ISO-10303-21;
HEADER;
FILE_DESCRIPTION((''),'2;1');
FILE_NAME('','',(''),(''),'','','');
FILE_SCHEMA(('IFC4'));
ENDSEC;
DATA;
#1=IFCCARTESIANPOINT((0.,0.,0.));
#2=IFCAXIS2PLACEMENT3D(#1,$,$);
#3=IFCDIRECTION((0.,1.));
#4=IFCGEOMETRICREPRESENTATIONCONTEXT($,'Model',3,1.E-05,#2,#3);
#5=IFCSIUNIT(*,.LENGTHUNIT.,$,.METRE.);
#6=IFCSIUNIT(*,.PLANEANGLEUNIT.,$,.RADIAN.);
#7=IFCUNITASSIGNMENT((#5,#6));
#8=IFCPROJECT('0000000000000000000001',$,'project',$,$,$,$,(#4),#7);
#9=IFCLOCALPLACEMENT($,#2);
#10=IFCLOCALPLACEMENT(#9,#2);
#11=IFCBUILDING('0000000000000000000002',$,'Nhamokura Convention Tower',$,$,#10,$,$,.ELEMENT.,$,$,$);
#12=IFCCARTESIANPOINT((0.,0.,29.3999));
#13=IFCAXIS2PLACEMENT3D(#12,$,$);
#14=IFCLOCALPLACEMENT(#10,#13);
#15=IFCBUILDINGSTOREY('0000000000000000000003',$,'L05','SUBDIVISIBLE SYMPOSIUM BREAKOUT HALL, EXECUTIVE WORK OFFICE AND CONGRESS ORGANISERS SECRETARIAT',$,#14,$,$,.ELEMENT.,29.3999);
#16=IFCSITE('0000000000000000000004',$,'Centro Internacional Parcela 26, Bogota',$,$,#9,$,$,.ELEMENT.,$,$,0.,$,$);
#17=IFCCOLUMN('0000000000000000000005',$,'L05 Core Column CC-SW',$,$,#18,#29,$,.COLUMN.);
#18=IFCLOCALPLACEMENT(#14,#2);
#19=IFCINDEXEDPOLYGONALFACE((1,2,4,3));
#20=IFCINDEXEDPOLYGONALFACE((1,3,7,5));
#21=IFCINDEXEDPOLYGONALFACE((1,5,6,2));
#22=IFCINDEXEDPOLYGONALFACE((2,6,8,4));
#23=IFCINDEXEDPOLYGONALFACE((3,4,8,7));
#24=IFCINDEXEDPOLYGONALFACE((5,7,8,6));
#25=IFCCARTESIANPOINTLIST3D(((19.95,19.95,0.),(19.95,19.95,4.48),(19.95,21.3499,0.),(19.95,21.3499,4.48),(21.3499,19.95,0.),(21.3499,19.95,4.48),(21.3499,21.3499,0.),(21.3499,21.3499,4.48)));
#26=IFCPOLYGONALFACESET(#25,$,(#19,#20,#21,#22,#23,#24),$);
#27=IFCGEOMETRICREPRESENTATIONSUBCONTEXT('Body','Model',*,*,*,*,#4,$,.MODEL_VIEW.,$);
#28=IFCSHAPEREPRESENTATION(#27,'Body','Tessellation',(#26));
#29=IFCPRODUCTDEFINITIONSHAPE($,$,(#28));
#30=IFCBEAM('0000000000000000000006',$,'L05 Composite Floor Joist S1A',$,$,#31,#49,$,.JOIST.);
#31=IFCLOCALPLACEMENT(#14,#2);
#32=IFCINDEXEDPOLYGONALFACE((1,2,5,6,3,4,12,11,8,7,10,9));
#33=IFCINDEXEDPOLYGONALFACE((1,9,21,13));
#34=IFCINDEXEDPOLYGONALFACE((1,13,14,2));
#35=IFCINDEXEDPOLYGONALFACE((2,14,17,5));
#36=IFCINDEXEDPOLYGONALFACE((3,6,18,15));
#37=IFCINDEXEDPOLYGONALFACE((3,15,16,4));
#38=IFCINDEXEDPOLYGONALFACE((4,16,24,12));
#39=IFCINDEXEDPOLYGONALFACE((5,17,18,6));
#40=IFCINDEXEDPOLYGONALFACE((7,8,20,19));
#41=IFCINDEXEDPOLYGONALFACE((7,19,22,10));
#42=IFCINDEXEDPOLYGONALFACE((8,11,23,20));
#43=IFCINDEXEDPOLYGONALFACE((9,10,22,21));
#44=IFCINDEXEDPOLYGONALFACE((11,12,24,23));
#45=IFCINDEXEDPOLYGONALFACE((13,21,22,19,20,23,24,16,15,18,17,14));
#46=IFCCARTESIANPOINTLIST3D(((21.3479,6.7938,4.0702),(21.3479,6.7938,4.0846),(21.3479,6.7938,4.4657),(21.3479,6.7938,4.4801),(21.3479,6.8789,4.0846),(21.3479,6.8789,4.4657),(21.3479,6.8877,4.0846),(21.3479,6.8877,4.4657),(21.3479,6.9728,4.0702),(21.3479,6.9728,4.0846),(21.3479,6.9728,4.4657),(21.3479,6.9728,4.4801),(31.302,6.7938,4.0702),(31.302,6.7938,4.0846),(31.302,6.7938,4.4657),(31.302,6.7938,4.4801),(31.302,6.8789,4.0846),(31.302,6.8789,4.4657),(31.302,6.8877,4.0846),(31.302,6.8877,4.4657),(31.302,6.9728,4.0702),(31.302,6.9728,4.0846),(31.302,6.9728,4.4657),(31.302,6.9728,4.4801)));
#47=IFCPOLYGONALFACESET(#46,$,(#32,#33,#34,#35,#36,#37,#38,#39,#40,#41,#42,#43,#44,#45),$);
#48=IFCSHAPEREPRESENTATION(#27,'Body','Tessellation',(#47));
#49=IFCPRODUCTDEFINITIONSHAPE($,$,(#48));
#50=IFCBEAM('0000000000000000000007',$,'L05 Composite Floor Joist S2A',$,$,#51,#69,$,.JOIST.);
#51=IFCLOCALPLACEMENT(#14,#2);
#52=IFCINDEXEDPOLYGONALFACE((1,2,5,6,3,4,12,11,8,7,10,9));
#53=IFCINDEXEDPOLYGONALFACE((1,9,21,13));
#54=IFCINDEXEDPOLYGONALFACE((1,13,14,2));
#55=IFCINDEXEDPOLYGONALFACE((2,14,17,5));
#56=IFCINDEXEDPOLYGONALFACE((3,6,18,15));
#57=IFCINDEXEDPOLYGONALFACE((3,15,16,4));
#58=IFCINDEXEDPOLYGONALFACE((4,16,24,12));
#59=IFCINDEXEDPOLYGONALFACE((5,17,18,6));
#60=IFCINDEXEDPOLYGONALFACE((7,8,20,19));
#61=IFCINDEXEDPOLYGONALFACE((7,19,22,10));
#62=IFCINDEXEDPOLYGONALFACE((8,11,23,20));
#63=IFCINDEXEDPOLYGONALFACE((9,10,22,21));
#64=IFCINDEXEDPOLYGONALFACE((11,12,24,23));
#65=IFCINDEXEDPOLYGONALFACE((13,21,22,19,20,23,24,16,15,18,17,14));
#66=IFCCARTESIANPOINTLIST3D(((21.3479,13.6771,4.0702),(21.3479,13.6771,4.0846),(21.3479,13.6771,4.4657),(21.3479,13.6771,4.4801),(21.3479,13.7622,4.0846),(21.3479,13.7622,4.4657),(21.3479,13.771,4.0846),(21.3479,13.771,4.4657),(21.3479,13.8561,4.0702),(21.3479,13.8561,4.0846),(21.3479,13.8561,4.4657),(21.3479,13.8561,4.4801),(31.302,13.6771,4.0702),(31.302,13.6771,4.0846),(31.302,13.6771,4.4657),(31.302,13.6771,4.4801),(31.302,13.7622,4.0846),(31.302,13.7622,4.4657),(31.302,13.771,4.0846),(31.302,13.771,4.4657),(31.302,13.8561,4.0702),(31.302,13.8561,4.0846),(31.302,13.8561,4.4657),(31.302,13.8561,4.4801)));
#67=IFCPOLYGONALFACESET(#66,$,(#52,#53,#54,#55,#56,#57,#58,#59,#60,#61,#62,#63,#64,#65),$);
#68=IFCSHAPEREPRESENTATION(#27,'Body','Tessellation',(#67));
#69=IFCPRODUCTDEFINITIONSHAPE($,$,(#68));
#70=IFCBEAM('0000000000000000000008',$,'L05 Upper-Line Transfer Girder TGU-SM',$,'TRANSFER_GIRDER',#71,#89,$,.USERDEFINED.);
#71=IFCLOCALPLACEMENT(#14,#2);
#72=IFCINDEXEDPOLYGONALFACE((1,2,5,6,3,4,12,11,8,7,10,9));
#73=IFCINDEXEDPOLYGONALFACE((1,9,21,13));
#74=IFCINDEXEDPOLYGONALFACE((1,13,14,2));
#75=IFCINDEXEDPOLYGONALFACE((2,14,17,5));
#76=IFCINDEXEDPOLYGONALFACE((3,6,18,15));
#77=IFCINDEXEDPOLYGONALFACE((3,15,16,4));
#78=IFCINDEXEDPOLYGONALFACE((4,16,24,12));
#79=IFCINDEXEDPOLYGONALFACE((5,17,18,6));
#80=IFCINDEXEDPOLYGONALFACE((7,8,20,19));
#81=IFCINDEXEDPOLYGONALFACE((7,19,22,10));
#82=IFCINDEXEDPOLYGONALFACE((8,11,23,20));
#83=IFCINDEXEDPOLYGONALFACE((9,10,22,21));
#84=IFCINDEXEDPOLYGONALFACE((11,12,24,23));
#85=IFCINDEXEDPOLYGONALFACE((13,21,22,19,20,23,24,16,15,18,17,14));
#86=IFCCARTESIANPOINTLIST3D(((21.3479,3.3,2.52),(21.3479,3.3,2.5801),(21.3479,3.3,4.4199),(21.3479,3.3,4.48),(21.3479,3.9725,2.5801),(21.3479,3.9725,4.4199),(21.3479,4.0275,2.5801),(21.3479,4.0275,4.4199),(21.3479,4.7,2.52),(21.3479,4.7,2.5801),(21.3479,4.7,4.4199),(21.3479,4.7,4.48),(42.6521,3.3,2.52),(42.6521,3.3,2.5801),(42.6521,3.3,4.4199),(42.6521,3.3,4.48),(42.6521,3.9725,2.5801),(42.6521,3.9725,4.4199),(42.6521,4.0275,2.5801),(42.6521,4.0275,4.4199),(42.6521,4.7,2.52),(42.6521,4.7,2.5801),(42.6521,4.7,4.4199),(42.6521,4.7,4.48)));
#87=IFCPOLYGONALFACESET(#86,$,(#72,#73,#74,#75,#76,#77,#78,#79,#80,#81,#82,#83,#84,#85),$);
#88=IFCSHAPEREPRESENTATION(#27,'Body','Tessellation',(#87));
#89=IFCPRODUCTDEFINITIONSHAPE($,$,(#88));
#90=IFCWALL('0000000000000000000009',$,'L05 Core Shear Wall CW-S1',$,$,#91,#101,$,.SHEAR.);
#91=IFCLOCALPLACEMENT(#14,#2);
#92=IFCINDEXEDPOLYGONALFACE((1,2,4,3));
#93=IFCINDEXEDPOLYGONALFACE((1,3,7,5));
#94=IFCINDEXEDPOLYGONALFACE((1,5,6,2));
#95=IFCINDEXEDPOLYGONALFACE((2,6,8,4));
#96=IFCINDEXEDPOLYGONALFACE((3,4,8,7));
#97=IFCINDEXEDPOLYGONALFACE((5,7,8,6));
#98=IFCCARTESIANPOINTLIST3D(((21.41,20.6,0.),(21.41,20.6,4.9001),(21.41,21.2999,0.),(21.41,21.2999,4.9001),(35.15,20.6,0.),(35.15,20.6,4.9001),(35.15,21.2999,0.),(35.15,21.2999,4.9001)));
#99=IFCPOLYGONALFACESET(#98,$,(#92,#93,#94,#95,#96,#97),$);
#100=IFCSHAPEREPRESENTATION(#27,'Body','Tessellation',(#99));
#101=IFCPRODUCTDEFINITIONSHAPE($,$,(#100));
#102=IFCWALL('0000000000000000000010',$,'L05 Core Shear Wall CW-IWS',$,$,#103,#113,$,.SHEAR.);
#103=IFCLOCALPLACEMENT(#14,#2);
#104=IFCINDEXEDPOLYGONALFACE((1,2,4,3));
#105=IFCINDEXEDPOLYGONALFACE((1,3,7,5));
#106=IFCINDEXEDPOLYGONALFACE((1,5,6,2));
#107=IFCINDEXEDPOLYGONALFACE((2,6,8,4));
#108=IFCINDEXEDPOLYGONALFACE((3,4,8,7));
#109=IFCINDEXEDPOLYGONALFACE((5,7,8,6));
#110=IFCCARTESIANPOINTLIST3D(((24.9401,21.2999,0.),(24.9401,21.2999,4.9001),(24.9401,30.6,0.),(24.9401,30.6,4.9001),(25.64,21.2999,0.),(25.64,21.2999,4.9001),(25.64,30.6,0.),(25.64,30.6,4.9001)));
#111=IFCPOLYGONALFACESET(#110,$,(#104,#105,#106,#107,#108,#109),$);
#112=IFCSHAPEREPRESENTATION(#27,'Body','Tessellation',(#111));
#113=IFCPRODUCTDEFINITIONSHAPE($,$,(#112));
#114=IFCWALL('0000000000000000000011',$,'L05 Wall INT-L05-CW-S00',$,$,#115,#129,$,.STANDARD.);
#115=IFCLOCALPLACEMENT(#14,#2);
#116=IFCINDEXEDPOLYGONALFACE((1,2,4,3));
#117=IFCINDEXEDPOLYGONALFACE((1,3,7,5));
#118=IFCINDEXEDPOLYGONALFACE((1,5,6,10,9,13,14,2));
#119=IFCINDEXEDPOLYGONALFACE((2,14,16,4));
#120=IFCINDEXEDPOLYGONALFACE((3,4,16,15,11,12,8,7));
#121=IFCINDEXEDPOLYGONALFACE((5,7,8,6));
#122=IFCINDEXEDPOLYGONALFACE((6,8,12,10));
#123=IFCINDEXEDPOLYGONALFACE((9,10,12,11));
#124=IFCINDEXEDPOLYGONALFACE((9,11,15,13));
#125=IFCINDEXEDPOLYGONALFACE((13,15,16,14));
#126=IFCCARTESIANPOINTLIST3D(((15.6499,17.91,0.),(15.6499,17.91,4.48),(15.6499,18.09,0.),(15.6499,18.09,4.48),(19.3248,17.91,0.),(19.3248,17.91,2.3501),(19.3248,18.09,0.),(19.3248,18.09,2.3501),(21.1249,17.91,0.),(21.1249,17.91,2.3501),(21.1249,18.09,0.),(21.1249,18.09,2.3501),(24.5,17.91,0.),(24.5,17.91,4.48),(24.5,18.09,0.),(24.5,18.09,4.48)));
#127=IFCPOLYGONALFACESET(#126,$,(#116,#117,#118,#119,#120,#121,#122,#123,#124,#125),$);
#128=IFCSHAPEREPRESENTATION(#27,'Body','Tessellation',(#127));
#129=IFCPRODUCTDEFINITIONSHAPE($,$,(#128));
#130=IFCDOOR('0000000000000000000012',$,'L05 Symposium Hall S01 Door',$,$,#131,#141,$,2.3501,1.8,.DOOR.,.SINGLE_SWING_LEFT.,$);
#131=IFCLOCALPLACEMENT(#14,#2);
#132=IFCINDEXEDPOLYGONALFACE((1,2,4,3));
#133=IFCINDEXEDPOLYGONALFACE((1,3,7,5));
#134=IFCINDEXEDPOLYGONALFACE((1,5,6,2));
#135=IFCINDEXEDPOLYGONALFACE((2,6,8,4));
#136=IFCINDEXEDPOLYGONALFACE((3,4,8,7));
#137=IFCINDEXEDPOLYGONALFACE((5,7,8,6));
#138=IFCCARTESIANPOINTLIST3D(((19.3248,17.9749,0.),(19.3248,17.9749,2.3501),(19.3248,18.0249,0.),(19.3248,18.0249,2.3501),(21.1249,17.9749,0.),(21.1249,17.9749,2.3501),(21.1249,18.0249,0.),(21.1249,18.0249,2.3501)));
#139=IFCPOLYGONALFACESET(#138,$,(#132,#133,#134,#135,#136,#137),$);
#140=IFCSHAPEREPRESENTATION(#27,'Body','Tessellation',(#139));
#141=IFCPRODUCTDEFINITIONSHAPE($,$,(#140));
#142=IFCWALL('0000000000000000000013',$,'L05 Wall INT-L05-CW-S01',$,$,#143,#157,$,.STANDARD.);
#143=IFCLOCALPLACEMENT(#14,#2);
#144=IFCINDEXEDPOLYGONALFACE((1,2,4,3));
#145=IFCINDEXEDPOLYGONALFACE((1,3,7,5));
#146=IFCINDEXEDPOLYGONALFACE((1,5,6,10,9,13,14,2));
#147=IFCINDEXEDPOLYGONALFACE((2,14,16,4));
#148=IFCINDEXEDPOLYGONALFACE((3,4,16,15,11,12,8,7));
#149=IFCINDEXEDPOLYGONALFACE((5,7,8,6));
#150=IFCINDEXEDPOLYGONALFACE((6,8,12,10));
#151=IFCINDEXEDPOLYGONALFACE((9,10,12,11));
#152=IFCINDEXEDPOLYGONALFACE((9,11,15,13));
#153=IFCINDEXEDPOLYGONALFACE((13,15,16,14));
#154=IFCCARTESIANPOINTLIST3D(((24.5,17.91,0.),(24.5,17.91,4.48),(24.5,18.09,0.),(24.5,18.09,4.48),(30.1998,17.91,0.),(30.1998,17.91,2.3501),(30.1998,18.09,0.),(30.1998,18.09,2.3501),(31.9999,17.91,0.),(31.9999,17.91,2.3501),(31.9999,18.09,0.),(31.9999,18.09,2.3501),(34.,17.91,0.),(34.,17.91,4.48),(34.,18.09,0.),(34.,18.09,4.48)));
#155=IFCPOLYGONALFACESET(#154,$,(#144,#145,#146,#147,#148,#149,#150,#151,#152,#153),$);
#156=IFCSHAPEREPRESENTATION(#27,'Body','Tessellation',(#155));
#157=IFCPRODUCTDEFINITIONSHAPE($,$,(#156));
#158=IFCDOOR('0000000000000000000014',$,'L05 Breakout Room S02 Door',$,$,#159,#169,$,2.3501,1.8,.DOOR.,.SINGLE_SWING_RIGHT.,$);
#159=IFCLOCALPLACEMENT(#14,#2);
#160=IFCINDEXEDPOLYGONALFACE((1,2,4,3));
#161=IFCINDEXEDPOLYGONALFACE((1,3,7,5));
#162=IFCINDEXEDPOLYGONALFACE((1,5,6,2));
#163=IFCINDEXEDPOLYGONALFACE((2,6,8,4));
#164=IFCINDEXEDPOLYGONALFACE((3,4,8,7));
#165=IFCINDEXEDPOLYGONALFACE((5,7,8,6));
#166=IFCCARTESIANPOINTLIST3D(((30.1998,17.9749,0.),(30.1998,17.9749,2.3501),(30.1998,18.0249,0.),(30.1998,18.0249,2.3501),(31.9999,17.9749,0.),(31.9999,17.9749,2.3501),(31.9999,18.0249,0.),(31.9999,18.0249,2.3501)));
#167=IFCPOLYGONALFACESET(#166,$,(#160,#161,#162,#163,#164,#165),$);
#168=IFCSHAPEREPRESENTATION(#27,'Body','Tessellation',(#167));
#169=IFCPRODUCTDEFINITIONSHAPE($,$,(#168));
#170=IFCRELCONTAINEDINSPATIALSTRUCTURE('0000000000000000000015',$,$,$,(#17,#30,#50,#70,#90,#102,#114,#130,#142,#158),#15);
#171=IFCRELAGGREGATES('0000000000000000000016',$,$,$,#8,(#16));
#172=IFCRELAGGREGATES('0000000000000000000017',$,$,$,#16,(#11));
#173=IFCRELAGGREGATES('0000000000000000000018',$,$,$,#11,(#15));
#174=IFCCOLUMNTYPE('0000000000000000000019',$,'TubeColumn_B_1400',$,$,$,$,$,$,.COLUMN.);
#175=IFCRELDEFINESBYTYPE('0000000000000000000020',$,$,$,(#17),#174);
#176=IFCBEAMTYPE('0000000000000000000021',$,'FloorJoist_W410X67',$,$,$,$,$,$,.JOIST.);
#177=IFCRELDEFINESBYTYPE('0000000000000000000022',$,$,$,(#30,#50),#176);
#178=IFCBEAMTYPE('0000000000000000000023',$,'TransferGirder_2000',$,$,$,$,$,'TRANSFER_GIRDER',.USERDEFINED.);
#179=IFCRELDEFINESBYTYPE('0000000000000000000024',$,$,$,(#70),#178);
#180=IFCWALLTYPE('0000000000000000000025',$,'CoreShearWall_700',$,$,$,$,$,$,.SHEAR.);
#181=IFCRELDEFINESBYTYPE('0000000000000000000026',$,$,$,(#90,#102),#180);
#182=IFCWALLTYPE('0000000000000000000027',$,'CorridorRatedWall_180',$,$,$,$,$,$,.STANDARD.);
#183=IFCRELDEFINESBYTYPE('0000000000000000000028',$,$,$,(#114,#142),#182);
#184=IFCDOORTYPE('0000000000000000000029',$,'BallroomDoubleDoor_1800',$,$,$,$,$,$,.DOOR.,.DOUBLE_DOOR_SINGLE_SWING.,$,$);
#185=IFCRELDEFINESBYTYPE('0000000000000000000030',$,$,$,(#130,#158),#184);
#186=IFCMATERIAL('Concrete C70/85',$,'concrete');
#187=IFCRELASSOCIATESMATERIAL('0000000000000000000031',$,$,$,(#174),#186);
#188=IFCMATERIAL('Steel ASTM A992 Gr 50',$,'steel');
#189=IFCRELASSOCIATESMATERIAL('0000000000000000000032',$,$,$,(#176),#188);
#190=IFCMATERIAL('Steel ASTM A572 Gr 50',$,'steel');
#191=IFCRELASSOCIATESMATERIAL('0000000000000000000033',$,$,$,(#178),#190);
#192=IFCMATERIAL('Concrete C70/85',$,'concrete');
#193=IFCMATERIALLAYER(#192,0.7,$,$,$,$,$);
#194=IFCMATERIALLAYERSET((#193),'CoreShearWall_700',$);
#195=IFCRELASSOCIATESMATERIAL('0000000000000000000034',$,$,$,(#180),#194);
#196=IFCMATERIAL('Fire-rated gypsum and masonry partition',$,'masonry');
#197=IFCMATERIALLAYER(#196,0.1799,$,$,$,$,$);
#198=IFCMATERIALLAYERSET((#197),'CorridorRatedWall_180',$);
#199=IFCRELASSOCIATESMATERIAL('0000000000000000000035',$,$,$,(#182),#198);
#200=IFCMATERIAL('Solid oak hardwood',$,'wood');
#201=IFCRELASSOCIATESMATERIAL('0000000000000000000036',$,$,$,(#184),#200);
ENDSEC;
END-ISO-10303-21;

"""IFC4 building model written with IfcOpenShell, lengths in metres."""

from ifc_helpers import new_model, si_unit, direction, frame, frame_2d, origin, origin_2d, place, context, subcontext, project, spatial, rectangle, i_section, extrude, material, layer, layer_set, material_profile, profile_set, type_object, element, fill, save


model = new_model("IFC4")

# Units and contexts
model_context = context("Model", 3, precision=1e-05, world=origin(), true_north=direction((0.0, 1.0)))
body_context = subcontext(model_context, "Body", "Model", "MODEL_VIEW")
ifc_project = project(units=[si_unit("LENGTHUNIT", "METRE"), si_unit("PLANEANGLEUNIT", "RADIAN")], contexts=[model_context])

# Site, building, storey
site_placement = place(None, origin())
site = spatial("IfcSite", under=ifc_project, at=site_placement, Name="Centro Internacional Parcela 26, Bogota", CompositionType="ELEMENT", RefElevation=0.0)
building_placement = place(site_placement, origin())
building = spatial("IfcBuilding", under=site, at=building_placement, Name="Nhamokura Convention Tower", CompositionType="ELEMENT")
storey_placement = place(building_placement, frame((0.0, 0.0, 29.3999)))
storey = spatial("IfcBuildingStorey", under=building, at=storey_placement, Name="L05", Description="SUBDIVISIBLE SYMPOSIUM BREAKOUT HALL, EXECUTIVE WORK OFFICE AND CONGRESS ORGANISERS SECRETARIAT", CompositionType="ELEMENT", Elevation=29.3999)

# Column
ifc_material_1 = material(Name="Concrete C70/85", Category="concrete")
ifc_material_profile_1 = material_profile(ifc_material_1, rectangle(XDim=1.3999, YDim=1.3999, at=origin_2d()))
ifc_profile_set_1 = profile_set([ifc_material_profile_1], Name="Concrete C70/85")
column_type = type_object("IfcColumnType", Name="TubeColumn_B_1400", PredefinedType="COLUMN", material=ifc_profile_set_1)
column_placement = place(storey_placement, frame((20.6499, 20.6499, 0.0), z_axis=(0.0, 0.0, 1.0), x_axis=(1.0, 0.0, 0.0)))
element("IfcColumn", 1, at=column_placement, inside=storey, type_object=column_type, Name="L05 Core Column CC-SW", PredefinedType="COLUMN", context=body_context, shape_type="SweptSolid", body=[
    extrude(rectangle(XDim=1.3999, YDim=1.3999, at=origin_2d()), origin(), (0.0, 0.0, 1.0), 4.48),
])

# Beams
ifc_material_2 = material(Name="Steel ASTM A992 Gr 50", Category="steel")
ifc_material_profile_2 = material_profile(ifc_material_2, i_section(OverallWidth=0.179, OverallDepth=0.4099, WebThickness=0.0088, FlangeThickness=0.0144, at=origin_2d()))
ifc_profile_set_2 = profile_set([ifc_material_profile_2], Name="Steel ASTM A992 Gr 50")
beam_type_1 = type_object("IfcBeamType", Name="FloorJoist_W410X67", PredefinedType="JOIST", material=ifc_profile_set_2)
for number, where, z_axis, x_axis, name in (
    (2, (21.3479, 6.8833, 4.2751), (1.0, 0.0, 0.0), (0.0, 1.0, 0.0), "L05 Composite Floor Joist S1A"),
    (3, (21.3479, 13.7666, 4.2751), (1.0, 0.0, 0.0), (0.0, 1.0, 0.0), "L05 Composite Floor Joist S2A"),
):
    element("IfcBeam", number, at=place(storey_placement, frame(where, z_axis=z_axis, x_axis=x_axis)), inside=storey, type_object=beam_type_1, Name=name, PredefinedType="JOIST", context=body_context, shape_type="SweptSolid", body=[
        extrude(i_section(OverallWidth=0.179, OverallDepth=0.4099, WebThickness=0.0088, FlangeThickness=0.0144, at=origin_2d()), origin(), (0.0, 0.0, 1.0), 9.9541),
    ])
ifc_material_3 = material(Name="Steel ASTM A572 Gr 50", Category="steel")
ifc_material_profile_3 = material_profile(ifc_material_3, i_section(OverallWidth=1.3999, OverallDepth=1.96, WebThickness=0.0549, FlangeThickness=0.0601, at=origin_2d()))
ifc_profile_set_3 = profile_set([ifc_material_profile_3], Name="Steel ASTM A572 Gr 50")
beam_type_2 = type_object("IfcBeamType", Name="TransferGirder_2000", ElementType="TRANSFER_GIRDER", PredefinedType="USERDEFINED", material=ifc_profile_set_3)
beam_placement = place(storey_placement, frame((21.3479, 4.0, 3.5), z_axis=(1.0, 0.0, 0.0), x_axis=(0.0, 1.0, 0.0)))
element("IfcBeam", 4, at=beam_placement, inside=storey, type_object=beam_type_2, Name="L05 Upper-Line Transfer Girder TGU-SM", ObjectType="TRANSFER_GIRDER", PredefinedType="USERDEFINED", context=body_context, shape_type="SweptSolid", body=[
    extrude(i_section(OverallWidth=1.3999, OverallDepth=1.96, WebThickness=0.0549, FlangeThickness=0.0601, at=origin_2d()), origin(), (0.0, 0.0, 1.0), 21.3042),
])

# Shared definitions
ifc_material_4 = material(Name="Concrete C70/85", Category="concrete")
ifc_layer_1 = layer(ifc_material_4, 0.7)
ifc_layer_set_1 = layer_set([ifc_layer_1], Name="CoreShearWall_700")
wall_type_1 = type_object("IfcWallType", Name="CoreShearWall_700", PredefinedType="SHEAR", material=ifc_layer_set_1)

# Walls
wall_1_placement = place(storey_placement, frame((21.4099, 20.95, 0.0), z_axis=(0.0, 0.0, 1.0), x_axis=(1.0, 0.0, 0.0)))
element("IfcWall", 5, at=wall_1_placement, inside=storey, type_object=wall_type_1, Name="L05 Core Shear Wall CW-S1", PredefinedType="SHEAR", context=body_context, shape_type="SweptSolid", body=[
    extrude(rectangle(XDim=13.74, YDim=0.7, at=frame_2d((6.8701, 0.0))), origin(), (0.0, 0.0, 1.0), 4.9001),
])
wall_2_placement = place(storey_placement, frame((25.29, 21.3, 0.0), z_axis=(0.0, 0.0, 1.0), x_axis=(0.0, 1.0, 0.0)))
element("IfcWall", 6, at=wall_2_placement, inside=storey, type_object=wall_type_1, Name="L05 Core Shear Wall CW-IWS", PredefinedType="SHEAR", context=body_context, shape_type="SweptSolid", body=[
    extrude(rectangle(XDim=9.3, YDim=0.7, at=frame_2d((4.6499, 0.0))), origin(), (0.0, 0.0, 1.0), 4.9001),
])

# Walls, openings, doors
ifc_material_5 = material(Name="Fire-rated gypsum and masonry partition", Category="masonry")
ifc_layer_2 = layer(ifc_material_5, 0.1799)
ifc_layer_set_2 = layer_set([ifc_layer_2], Name="CorridorRatedWall_180")
wall_type_2 = type_object("IfcWallType", Name="CorridorRatedWall_180", PredefinedType="STANDARD", material=ifc_layer_set_2)
wall_3_placement = place(storey_placement, frame((15.6499, 18.0, 0.0), z_axis=(0.0, 0.0, 1.0), x_axis=(1.0, 0.0, 0.0)))
wall_3 = element("IfcWall", 7, at=wall_3_placement, inside=storey, type_object=wall_type_2, Name="L05 Wall INT-L05-CW-S00", PredefinedType="STANDARD", context=body_context, shape_type="SweptSolid", body=[
    extrude(rectangle(XDim=8.8501, YDim=0.1799, at=frame_2d((4.425, 0.0))), origin(), (0.0, 0.0, 1.0), 4.48),
])
opening_1_placement = place(wall_3_placement, frame((3.675, 0.0, 0.0)))
opening_1 = element("IfcOpeningElement", 8, at=opening_1_placement, cuts=wall_3, PredefinedType="OPENING", context=body_context, shape_type="SweptSolid", body=[
    extrude(rectangle(XDim=1.8, YDim=2.3501, at=frame_2d((0.8999, 1.175))), frame((0.0, 0.0999, 0.0), z_axis=(0.0, -1.0, 0.0), x_axis=(1.0, 0.0, 0.0)), (0.0, 0.0, 1.0), 0.2),
])
ifc_material_6 = material(Name="Solid oak hardwood", Category="wood")
door_type_1 = type_object("IfcDoorType", Name="BallroomDoubleDoor_1800", OperationType="DOUBLE_DOOR_SINGLE_SWING", PredefinedType="DOOR", material=ifc_material_6)
door_1_placement = place(opening_1_placement, origin())
door_1 = element("IfcDoor", 9, at=door_1_placement, inside=storey, type_object=door_type_1, Name="L05 Symposium Hall S01 Door", OperationType="SINGLE_SWING_LEFT", OverallHeight=2.3501, OverallWidth=1.8, PredefinedType="DOOR", context=body_context, shape_type="SweptSolid", body=[
    extrude(rectangle(XDim=1.8, YDim=2.3501, at=frame_2d((0.8999, 1.175))), frame((0.0, 0.0249, 0.0), z_axis=(0.0, -1.0, 0.0), x_axis=(1.0, 0.0, 0.0)), (0.0, 0.0, 1.0), 0.05),
])
fill(opening_1, door_1)
wall_4_placement = place(storey_placement, frame((24.5, 18.0, 0.0), z_axis=(0.0, 0.0, 1.0), x_axis=(1.0, 0.0, 0.0)))
wall_4 = element("IfcWall", 10, at=wall_4_placement, inside=storey, type_object=wall_type_2, Name="L05 Wall INT-L05-CW-S01", PredefinedType="STANDARD", context=body_context, shape_type="SweptSolid", body=[
    extrude(rectangle(XDim=9.5, YDim=0.1799, at=frame_2d((4.75, 0.0))), origin(), (0.0, 0.0, 1.0), 4.48),
])
opening_2_placement = place(wall_4_placement, frame((5.7, 0.0, 0.0)))
opening_2 = element("IfcOpeningElement", 11, at=opening_2_placement, cuts=wall_4, PredefinedType="OPENING", context=body_context, shape_type="SweptSolid", body=[
    extrude(rectangle(XDim=1.8, YDim=2.3501, at=frame_2d((0.8999, 1.175))), frame((0.0, 0.0999, 0.0), z_axis=(0.0, -1.0, 0.0), x_axis=(1.0, 0.0, 0.0)), (0.0, 0.0, 1.0), 0.2),
])
door_2_placement = place(opening_2_placement, origin())
door_2 = element("IfcDoor", 12, at=door_2_placement, inside=storey, type_object=door_type_1, Name="L05 Breakout Room S02 Door", OperationType="SINGLE_SWING_RIGHT", OverallHeight=2.3501, OverallWidth=1.8, PredefinedType="DOOR", context=body_context, shape_type="SweptSolid", body=[
    extrude(rectangle(XDim=1.8, YDim=2.3501, at=frame_2d((0.8999, 1.175))), frame((0.0, 0.0249, 0.0), z_axis=(0.0, -1.0, 0.0), x_axis=(1.0, 0.0, 0.0)), (0.0, 0.0, 1.0), 0.05),
])
fill(opening_2, door_2)

save(model, "model.ifc")
